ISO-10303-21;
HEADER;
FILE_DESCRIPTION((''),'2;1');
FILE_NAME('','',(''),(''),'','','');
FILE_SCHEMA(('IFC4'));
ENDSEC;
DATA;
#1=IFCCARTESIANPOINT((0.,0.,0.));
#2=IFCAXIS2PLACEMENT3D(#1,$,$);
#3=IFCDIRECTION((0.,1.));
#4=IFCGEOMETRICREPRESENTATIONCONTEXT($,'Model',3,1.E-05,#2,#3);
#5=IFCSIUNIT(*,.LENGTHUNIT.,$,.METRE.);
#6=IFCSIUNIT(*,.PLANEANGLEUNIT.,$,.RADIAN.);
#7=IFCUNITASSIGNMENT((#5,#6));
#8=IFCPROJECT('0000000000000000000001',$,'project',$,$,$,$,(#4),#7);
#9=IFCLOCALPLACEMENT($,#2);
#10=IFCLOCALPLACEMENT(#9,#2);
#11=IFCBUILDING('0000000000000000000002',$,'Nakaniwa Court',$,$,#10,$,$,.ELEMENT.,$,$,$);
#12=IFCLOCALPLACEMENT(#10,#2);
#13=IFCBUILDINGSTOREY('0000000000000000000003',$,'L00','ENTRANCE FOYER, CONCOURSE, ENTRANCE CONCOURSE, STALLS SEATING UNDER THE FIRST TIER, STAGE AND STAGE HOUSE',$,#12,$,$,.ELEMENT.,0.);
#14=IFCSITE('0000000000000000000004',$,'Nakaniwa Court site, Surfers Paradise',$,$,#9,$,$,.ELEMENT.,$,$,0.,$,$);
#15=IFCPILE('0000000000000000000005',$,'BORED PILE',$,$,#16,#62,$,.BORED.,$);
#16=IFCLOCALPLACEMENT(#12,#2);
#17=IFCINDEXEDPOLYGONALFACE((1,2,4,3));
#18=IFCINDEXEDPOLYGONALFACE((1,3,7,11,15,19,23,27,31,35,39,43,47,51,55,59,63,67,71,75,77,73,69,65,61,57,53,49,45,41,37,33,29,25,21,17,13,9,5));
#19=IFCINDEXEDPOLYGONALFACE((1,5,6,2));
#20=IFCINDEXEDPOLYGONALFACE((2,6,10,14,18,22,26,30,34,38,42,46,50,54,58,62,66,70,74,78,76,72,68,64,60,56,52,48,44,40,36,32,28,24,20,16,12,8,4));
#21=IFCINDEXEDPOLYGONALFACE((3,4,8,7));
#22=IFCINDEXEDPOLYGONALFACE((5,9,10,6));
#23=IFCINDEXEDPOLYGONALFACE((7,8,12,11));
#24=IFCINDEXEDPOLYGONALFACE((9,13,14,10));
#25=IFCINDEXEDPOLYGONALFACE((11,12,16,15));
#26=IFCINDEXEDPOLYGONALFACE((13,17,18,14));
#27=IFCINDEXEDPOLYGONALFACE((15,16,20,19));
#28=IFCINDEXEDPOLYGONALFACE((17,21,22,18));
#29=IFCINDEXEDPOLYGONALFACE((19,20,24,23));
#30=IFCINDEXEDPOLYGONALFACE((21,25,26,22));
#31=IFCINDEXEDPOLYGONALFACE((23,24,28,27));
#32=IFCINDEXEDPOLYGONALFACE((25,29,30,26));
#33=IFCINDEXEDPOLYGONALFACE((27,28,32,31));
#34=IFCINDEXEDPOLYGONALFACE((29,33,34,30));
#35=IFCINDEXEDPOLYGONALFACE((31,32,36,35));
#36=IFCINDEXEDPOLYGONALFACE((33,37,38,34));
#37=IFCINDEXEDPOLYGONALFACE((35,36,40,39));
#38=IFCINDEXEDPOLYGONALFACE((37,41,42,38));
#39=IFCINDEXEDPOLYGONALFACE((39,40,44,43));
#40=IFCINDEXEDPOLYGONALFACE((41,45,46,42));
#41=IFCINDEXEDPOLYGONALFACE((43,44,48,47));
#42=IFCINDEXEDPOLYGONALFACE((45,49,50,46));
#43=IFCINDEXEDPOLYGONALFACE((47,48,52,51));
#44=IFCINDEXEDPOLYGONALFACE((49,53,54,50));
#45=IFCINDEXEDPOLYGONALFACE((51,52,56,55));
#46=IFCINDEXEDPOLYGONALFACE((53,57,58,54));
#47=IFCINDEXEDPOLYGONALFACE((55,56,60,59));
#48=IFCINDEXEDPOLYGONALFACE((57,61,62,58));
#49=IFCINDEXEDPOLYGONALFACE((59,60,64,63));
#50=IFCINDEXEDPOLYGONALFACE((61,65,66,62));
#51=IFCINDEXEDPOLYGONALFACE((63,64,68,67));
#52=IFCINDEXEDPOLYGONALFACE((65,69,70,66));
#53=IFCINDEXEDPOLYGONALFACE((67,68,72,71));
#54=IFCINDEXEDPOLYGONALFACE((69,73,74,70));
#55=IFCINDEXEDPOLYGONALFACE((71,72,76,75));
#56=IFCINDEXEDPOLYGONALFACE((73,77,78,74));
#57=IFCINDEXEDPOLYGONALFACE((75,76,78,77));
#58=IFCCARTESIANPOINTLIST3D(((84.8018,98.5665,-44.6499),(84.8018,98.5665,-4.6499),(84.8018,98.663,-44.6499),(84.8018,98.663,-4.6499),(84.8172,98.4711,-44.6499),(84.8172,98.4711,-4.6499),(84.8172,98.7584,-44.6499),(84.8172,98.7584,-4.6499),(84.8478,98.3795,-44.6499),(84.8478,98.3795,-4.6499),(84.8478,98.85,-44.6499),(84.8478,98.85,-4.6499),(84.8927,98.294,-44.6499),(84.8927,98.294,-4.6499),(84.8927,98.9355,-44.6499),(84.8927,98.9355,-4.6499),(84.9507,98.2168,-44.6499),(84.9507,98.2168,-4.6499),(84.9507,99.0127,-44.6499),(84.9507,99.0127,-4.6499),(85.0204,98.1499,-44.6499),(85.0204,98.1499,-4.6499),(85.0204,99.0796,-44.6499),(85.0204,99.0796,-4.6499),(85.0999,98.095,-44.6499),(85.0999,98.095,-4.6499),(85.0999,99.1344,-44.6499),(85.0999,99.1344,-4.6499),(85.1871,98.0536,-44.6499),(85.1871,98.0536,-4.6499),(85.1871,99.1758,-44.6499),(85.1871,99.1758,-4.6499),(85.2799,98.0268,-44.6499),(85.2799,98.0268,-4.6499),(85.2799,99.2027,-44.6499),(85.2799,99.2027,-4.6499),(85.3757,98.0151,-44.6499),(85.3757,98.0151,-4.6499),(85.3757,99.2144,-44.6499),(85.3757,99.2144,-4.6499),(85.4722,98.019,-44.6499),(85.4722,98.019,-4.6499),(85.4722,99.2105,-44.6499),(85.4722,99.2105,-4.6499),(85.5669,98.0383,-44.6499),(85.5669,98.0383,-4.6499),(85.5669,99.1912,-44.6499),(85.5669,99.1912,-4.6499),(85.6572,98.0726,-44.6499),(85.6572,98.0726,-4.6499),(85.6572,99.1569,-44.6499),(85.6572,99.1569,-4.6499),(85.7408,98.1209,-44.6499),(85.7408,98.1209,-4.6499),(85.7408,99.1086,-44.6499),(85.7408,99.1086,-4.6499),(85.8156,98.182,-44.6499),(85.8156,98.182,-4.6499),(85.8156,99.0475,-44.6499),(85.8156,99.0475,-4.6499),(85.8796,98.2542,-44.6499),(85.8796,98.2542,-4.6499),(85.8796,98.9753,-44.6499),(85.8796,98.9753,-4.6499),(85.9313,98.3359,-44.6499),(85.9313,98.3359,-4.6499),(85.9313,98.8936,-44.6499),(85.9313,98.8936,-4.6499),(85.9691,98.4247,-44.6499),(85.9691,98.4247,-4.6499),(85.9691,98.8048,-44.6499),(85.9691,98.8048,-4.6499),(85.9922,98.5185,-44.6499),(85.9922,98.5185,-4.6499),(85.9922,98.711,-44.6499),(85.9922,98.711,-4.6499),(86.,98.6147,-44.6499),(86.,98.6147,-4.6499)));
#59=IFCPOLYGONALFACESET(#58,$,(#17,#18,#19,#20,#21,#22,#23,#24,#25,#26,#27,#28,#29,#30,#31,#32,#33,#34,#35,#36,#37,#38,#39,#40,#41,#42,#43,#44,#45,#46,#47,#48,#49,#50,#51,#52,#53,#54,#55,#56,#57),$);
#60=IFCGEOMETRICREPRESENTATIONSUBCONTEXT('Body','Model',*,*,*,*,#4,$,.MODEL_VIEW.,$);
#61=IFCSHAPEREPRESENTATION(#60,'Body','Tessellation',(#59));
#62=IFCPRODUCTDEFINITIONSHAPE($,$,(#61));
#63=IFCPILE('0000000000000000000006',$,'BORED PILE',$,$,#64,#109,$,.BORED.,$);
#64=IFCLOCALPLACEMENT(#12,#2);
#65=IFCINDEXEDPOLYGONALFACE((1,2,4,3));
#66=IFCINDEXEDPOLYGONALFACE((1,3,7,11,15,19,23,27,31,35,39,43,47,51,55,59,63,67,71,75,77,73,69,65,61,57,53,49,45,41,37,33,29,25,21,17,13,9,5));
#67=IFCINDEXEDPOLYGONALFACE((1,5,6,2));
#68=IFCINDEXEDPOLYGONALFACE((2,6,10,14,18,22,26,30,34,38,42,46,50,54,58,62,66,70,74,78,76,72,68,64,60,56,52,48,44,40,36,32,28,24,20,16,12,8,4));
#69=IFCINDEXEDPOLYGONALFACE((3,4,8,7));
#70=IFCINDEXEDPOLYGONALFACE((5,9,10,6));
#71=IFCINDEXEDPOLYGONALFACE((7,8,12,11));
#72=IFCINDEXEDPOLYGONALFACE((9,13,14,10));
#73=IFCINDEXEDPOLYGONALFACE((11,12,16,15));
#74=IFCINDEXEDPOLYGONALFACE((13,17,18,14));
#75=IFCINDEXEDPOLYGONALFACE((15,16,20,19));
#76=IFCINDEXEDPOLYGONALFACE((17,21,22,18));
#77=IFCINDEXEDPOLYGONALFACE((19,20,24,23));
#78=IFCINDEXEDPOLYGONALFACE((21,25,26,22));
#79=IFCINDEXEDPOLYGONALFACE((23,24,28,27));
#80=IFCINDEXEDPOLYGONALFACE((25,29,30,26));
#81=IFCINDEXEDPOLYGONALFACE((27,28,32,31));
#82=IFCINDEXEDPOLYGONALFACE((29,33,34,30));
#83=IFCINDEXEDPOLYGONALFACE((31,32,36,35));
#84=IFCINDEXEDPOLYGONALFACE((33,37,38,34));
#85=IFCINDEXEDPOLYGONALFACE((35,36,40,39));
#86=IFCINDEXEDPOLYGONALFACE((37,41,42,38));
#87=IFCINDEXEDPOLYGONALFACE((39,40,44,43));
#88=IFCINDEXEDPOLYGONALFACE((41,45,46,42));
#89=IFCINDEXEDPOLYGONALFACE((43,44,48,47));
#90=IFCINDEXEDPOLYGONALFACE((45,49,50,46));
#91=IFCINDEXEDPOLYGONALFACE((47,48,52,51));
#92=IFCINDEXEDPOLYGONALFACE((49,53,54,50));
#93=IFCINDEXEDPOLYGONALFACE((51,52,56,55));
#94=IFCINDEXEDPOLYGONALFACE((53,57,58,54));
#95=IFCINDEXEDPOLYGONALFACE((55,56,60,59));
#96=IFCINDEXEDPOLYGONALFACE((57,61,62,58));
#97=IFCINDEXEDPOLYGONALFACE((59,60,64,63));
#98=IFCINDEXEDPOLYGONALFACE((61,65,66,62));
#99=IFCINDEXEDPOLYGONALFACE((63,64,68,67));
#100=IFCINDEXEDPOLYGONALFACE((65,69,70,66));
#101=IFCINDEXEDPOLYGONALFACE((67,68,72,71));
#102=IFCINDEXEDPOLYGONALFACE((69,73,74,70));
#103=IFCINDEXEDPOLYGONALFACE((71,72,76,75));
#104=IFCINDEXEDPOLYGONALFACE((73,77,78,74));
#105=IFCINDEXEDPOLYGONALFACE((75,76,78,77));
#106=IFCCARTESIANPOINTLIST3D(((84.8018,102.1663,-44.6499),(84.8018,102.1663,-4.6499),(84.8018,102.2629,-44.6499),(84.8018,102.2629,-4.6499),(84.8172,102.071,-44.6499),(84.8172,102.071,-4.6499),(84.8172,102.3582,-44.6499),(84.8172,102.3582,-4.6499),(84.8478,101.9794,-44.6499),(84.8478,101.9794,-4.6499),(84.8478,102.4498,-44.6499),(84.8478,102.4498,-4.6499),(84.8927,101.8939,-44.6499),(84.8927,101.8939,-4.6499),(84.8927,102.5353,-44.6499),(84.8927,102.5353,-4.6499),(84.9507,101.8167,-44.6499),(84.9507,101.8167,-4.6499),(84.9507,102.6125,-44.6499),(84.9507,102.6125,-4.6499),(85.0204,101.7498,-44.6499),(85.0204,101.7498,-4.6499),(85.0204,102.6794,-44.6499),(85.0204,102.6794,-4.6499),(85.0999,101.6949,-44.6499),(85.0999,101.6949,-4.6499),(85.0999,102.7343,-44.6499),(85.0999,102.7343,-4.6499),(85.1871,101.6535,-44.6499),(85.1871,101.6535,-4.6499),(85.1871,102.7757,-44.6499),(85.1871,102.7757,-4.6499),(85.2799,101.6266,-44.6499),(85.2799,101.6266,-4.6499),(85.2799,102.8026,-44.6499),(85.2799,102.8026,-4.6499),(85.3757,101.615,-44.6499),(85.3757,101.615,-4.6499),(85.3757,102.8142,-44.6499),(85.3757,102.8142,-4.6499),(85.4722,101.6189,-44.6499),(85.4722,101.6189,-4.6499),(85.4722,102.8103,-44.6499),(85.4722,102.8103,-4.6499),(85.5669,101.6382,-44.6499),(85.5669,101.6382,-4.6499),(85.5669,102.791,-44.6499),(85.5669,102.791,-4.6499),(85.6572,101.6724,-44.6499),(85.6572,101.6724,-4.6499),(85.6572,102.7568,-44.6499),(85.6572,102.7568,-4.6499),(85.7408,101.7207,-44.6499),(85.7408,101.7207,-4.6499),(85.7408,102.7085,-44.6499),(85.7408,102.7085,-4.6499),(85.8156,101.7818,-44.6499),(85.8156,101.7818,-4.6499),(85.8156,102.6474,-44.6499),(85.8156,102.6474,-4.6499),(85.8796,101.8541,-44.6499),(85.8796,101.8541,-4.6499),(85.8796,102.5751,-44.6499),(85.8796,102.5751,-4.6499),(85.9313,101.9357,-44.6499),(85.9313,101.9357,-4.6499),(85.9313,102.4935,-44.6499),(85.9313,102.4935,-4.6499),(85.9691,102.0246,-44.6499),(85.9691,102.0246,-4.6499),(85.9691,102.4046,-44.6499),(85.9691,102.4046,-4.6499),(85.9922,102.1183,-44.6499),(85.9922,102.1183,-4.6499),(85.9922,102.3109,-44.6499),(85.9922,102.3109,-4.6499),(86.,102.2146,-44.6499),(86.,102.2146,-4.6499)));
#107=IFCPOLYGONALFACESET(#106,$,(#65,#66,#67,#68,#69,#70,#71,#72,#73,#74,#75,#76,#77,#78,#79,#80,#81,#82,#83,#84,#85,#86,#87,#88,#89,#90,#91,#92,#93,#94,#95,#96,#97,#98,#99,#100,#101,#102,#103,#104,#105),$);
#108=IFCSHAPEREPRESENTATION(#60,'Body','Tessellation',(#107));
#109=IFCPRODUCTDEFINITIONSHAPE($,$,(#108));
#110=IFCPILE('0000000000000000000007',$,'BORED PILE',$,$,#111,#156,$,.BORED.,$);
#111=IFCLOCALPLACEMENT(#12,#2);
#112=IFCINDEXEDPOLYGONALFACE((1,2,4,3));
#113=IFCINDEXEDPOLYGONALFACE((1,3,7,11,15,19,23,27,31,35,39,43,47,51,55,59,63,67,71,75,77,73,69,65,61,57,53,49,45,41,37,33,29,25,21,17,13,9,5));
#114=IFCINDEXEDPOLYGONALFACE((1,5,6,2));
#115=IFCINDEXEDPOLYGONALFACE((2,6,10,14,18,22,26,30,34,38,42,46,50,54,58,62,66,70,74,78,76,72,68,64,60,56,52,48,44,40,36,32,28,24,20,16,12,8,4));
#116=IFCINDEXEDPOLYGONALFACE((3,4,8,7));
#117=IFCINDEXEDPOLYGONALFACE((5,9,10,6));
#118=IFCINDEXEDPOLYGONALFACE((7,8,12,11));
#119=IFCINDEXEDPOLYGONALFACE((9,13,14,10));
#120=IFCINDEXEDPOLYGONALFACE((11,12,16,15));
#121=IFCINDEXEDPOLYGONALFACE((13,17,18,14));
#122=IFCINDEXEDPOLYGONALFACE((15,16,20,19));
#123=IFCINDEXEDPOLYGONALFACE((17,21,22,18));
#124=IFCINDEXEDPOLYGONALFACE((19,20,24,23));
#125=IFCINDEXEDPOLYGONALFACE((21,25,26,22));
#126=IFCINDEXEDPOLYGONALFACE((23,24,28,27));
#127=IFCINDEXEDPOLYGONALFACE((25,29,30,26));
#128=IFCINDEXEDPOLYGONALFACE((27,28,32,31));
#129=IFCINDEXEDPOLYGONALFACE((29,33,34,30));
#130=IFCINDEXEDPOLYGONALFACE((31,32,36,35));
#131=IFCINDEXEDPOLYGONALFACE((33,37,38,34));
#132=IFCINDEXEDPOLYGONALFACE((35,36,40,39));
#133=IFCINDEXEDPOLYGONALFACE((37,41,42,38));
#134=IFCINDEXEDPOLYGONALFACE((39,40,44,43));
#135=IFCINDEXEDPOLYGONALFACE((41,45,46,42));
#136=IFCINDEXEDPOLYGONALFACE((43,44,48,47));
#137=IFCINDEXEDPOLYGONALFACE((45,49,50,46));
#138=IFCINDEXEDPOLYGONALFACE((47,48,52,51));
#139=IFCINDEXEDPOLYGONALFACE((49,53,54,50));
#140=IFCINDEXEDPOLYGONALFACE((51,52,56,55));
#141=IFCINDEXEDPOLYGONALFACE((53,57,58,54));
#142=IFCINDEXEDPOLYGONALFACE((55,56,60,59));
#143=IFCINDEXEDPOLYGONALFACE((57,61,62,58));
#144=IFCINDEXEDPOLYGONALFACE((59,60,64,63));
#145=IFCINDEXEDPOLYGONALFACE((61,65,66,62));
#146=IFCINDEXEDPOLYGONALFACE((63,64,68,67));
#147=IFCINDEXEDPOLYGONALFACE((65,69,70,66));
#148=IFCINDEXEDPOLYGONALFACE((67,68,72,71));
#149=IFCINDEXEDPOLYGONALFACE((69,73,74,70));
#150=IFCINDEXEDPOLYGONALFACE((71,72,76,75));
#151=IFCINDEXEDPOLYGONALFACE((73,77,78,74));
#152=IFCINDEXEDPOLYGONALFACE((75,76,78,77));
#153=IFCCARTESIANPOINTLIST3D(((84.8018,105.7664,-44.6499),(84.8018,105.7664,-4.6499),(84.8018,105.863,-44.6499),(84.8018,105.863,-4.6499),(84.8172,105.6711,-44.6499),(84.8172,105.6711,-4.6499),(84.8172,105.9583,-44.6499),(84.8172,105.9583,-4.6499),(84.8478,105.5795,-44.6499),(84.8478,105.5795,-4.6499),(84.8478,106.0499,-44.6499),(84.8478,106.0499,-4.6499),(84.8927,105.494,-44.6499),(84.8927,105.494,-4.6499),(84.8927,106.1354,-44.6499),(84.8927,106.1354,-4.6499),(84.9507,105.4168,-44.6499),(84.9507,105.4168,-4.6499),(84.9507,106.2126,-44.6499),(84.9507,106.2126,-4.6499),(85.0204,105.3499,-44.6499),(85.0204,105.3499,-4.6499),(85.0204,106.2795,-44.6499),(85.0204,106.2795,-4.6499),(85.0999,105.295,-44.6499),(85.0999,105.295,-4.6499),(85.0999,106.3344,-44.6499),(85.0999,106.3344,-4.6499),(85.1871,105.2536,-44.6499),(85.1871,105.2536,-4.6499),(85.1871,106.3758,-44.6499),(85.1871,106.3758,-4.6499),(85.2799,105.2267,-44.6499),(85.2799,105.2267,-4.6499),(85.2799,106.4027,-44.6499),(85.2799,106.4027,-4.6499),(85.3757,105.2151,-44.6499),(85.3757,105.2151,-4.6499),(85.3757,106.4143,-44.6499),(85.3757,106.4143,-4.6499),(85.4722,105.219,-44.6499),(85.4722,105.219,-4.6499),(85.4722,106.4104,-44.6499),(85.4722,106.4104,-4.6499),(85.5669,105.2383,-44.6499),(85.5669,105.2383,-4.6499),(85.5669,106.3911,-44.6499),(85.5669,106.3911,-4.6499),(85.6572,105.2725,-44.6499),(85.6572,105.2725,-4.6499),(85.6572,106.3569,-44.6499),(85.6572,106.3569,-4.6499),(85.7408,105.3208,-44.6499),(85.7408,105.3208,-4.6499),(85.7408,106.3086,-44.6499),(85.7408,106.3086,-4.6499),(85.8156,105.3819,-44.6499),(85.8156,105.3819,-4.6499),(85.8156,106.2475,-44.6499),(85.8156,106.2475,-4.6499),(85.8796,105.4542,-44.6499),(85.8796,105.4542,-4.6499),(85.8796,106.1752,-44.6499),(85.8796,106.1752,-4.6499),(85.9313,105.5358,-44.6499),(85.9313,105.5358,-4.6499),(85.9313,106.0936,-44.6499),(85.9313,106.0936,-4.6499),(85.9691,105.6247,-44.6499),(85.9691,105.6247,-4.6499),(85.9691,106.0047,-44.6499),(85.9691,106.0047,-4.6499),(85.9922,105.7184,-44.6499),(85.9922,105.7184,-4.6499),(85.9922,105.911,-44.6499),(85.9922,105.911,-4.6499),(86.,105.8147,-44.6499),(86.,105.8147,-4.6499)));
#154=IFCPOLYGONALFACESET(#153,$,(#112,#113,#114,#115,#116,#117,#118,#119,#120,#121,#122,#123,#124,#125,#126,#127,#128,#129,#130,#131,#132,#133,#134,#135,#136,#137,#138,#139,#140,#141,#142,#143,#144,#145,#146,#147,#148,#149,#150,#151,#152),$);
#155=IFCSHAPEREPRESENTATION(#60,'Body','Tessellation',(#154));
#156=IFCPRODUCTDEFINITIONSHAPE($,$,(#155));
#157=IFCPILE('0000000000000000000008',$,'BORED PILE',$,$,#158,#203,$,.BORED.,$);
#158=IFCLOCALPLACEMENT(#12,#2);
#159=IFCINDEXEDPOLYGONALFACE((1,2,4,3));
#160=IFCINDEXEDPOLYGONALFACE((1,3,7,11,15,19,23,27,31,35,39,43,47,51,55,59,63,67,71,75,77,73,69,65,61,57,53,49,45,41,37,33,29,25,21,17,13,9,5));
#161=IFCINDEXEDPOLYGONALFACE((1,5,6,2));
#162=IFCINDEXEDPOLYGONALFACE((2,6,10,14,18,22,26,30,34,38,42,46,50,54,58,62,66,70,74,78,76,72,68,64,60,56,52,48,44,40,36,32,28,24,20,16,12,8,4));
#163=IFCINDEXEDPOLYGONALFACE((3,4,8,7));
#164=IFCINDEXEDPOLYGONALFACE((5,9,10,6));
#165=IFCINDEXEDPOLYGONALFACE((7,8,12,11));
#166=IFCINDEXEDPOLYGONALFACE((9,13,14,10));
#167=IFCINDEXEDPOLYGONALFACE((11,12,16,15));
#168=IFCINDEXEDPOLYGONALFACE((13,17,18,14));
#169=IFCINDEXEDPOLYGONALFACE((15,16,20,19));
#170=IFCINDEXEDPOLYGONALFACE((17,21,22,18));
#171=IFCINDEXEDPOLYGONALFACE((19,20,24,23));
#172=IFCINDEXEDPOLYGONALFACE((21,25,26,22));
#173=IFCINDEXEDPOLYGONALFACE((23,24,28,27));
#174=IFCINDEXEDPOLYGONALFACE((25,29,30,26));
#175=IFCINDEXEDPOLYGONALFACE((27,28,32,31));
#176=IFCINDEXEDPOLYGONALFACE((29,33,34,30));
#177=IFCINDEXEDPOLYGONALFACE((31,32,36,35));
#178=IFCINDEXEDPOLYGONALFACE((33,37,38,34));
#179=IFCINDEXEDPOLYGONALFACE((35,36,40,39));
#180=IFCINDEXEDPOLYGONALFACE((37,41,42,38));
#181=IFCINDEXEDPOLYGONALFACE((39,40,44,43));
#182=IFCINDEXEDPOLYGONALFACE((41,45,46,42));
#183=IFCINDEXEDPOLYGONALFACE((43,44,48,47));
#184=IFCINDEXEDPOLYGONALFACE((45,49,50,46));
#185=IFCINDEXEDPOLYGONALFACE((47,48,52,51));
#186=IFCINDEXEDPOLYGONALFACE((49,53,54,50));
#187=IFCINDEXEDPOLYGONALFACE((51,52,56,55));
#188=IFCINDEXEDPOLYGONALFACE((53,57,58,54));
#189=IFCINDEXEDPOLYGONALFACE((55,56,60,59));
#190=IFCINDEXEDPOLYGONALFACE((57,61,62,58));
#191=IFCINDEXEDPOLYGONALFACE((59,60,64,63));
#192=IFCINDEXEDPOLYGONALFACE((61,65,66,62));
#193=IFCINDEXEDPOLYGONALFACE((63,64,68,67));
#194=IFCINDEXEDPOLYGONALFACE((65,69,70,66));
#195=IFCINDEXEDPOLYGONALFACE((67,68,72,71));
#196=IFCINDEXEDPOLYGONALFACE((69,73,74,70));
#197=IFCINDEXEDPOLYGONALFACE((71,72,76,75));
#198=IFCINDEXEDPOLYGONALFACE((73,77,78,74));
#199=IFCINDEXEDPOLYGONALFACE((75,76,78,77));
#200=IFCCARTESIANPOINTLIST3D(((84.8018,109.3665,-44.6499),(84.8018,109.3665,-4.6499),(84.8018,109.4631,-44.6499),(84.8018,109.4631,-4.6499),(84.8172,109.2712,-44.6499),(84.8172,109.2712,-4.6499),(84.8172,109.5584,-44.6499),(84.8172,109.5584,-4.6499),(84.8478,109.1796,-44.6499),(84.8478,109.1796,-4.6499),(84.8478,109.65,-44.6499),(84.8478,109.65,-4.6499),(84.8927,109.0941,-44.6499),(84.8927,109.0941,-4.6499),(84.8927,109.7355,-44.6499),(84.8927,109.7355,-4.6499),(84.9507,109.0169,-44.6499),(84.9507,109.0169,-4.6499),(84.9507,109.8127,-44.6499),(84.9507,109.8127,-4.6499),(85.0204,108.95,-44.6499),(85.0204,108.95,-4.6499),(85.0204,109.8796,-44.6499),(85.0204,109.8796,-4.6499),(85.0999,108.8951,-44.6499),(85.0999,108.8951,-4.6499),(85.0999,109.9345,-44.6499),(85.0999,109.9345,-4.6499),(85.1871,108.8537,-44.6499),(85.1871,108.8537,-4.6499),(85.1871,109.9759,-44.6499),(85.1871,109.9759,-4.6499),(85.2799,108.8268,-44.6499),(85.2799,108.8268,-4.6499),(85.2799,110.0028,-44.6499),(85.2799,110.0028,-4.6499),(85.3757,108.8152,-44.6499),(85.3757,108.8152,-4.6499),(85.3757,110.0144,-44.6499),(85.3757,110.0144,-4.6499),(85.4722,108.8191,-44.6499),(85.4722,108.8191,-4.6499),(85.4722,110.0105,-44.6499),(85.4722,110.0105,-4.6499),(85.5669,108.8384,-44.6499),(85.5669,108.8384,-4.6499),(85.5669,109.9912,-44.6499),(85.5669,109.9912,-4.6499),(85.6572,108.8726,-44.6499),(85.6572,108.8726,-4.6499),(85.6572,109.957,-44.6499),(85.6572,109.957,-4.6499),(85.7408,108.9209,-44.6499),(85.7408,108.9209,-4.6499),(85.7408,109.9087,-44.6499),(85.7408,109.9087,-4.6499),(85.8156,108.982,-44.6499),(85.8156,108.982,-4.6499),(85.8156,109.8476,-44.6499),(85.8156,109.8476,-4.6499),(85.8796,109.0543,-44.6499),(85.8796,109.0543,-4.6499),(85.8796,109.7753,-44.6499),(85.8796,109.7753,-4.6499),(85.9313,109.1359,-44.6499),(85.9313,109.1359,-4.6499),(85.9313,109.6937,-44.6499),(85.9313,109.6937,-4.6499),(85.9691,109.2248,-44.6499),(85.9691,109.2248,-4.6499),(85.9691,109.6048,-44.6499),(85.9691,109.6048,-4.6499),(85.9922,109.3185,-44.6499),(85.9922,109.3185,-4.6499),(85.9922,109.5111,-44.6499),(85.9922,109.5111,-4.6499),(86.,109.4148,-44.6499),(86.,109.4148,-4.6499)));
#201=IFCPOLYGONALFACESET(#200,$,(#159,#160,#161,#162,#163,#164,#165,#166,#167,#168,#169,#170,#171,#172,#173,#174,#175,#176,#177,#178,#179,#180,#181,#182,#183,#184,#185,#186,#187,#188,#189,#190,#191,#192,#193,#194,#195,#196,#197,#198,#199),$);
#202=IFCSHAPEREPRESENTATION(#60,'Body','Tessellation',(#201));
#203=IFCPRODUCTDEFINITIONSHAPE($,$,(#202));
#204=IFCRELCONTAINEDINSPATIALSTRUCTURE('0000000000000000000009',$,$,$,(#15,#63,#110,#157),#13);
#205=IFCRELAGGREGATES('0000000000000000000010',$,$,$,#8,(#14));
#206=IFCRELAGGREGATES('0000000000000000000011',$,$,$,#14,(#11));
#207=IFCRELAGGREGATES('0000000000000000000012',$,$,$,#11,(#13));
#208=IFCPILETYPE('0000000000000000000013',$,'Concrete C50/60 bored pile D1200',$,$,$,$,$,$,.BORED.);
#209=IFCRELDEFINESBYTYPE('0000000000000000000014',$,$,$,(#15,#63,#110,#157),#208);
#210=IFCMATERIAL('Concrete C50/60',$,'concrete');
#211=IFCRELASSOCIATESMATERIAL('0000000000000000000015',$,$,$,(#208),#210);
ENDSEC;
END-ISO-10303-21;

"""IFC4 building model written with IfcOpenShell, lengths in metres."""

from ifc_helpers import new_model, si_unit, direction, frame, origin, origin_2d, place, context, subcontext, project, spatial, circle, extrude, material, material_profile, profile_set, type_object, element, save


model = new_model("IFC4")

# Units and contexts
model_context = context("Model", 3, precision=1e-05, world=origin(), true_north=direction((0.0, 1.0)))
body_context = subcontext(model_context, "Body", "Model", "MODEL_VIEW")
ifc_project = project(units=[si_unit("LENGTHUNIT", "METRE"), si_unit("PLANEANGLEUNIT", "RADIAN")], contexts=[model_context])

# Site, building, storey
site_placement = place(None, origin())
site = spatial("IfcSite", under=ifc_project, at=site_placement, Name="Nakaniwa Court site, Surfers Paradise", CompositionType="ELEMENT", RefElevation=0.0)
building_placement = place(site_placement, origin())
building = spatial("IfcBuilding", under=site, at=building_placement, Name="Nakaniwa Court", CompositionType="ELEMENT")
storey_placement = place(building_placement, origin())
storey = spatial("IfcBuildingStorey", under=building, at=storey_placement, Name="L00", Description="ENTRANCE FOYER, CONCOURSE, ENTRANCE CONCOURSE, STALLS SEATING UNDER THE FIRST TIER, STAGE AND STAGE HOUSE", CompositionType="ELEMENT", Elevation=0.0)

# Piles
ifc_material_1 = material(Name="Concrete C50/60", Category="concrete")
ifc_material_profile_1 = material_profile(ifc_material_1, circle(Radius=0.6001, at=origin_2d()), Name="Concrete C50/60 bored pile D1200")
ifc_profile_set_1 = profile_set([ifc_material_profile_1], Name="Concrete C50/60")
pile_type = type_object("IfcPileType", Name="Concrete C50/60 bored pile D1200", PredefinedType="BORED", material=ifc_profile_set_1)
for number, where, z_axis, x_axis, name in (
    (1, (85.3999, 98.6147, -4.6499), (0.0, 0.0, -1.0), (1.0, 0.0, 0.0), "BORED PILE"),
    (2, (85.3999, 102.2146, -4.6499), (0.0, 0.0, -1.0), (1.0, 0.0, 0.0), "BORED PILE"),
    (3, (85.3999, 105.8147, -4.6499), (0.0, 0.0, -1.0), (1.0, 0.0, 0.0), "BORED PILE"),
    (4, (85.3999, 109.4148, -4.6499), (0.0, 0.0, -1.0), (1.0, 0.0, 0.0), "BORED PILE"),
):
    element("IfcPile", number, at=place(storey_placement, frame(where, z_axis=z_axis, x_axis=x_axis)), inside=storey, type_object=pile_type, Name=name, PredefinedType="BORED", context=body_context, shape_type="SweptSolid", body=[
        extrude(circle(Radius=0.6001, at=origin_2d()), origin(), (0.0, 0.0, 1.0), 40.0),
    ])

save(model, "model.ifc")
